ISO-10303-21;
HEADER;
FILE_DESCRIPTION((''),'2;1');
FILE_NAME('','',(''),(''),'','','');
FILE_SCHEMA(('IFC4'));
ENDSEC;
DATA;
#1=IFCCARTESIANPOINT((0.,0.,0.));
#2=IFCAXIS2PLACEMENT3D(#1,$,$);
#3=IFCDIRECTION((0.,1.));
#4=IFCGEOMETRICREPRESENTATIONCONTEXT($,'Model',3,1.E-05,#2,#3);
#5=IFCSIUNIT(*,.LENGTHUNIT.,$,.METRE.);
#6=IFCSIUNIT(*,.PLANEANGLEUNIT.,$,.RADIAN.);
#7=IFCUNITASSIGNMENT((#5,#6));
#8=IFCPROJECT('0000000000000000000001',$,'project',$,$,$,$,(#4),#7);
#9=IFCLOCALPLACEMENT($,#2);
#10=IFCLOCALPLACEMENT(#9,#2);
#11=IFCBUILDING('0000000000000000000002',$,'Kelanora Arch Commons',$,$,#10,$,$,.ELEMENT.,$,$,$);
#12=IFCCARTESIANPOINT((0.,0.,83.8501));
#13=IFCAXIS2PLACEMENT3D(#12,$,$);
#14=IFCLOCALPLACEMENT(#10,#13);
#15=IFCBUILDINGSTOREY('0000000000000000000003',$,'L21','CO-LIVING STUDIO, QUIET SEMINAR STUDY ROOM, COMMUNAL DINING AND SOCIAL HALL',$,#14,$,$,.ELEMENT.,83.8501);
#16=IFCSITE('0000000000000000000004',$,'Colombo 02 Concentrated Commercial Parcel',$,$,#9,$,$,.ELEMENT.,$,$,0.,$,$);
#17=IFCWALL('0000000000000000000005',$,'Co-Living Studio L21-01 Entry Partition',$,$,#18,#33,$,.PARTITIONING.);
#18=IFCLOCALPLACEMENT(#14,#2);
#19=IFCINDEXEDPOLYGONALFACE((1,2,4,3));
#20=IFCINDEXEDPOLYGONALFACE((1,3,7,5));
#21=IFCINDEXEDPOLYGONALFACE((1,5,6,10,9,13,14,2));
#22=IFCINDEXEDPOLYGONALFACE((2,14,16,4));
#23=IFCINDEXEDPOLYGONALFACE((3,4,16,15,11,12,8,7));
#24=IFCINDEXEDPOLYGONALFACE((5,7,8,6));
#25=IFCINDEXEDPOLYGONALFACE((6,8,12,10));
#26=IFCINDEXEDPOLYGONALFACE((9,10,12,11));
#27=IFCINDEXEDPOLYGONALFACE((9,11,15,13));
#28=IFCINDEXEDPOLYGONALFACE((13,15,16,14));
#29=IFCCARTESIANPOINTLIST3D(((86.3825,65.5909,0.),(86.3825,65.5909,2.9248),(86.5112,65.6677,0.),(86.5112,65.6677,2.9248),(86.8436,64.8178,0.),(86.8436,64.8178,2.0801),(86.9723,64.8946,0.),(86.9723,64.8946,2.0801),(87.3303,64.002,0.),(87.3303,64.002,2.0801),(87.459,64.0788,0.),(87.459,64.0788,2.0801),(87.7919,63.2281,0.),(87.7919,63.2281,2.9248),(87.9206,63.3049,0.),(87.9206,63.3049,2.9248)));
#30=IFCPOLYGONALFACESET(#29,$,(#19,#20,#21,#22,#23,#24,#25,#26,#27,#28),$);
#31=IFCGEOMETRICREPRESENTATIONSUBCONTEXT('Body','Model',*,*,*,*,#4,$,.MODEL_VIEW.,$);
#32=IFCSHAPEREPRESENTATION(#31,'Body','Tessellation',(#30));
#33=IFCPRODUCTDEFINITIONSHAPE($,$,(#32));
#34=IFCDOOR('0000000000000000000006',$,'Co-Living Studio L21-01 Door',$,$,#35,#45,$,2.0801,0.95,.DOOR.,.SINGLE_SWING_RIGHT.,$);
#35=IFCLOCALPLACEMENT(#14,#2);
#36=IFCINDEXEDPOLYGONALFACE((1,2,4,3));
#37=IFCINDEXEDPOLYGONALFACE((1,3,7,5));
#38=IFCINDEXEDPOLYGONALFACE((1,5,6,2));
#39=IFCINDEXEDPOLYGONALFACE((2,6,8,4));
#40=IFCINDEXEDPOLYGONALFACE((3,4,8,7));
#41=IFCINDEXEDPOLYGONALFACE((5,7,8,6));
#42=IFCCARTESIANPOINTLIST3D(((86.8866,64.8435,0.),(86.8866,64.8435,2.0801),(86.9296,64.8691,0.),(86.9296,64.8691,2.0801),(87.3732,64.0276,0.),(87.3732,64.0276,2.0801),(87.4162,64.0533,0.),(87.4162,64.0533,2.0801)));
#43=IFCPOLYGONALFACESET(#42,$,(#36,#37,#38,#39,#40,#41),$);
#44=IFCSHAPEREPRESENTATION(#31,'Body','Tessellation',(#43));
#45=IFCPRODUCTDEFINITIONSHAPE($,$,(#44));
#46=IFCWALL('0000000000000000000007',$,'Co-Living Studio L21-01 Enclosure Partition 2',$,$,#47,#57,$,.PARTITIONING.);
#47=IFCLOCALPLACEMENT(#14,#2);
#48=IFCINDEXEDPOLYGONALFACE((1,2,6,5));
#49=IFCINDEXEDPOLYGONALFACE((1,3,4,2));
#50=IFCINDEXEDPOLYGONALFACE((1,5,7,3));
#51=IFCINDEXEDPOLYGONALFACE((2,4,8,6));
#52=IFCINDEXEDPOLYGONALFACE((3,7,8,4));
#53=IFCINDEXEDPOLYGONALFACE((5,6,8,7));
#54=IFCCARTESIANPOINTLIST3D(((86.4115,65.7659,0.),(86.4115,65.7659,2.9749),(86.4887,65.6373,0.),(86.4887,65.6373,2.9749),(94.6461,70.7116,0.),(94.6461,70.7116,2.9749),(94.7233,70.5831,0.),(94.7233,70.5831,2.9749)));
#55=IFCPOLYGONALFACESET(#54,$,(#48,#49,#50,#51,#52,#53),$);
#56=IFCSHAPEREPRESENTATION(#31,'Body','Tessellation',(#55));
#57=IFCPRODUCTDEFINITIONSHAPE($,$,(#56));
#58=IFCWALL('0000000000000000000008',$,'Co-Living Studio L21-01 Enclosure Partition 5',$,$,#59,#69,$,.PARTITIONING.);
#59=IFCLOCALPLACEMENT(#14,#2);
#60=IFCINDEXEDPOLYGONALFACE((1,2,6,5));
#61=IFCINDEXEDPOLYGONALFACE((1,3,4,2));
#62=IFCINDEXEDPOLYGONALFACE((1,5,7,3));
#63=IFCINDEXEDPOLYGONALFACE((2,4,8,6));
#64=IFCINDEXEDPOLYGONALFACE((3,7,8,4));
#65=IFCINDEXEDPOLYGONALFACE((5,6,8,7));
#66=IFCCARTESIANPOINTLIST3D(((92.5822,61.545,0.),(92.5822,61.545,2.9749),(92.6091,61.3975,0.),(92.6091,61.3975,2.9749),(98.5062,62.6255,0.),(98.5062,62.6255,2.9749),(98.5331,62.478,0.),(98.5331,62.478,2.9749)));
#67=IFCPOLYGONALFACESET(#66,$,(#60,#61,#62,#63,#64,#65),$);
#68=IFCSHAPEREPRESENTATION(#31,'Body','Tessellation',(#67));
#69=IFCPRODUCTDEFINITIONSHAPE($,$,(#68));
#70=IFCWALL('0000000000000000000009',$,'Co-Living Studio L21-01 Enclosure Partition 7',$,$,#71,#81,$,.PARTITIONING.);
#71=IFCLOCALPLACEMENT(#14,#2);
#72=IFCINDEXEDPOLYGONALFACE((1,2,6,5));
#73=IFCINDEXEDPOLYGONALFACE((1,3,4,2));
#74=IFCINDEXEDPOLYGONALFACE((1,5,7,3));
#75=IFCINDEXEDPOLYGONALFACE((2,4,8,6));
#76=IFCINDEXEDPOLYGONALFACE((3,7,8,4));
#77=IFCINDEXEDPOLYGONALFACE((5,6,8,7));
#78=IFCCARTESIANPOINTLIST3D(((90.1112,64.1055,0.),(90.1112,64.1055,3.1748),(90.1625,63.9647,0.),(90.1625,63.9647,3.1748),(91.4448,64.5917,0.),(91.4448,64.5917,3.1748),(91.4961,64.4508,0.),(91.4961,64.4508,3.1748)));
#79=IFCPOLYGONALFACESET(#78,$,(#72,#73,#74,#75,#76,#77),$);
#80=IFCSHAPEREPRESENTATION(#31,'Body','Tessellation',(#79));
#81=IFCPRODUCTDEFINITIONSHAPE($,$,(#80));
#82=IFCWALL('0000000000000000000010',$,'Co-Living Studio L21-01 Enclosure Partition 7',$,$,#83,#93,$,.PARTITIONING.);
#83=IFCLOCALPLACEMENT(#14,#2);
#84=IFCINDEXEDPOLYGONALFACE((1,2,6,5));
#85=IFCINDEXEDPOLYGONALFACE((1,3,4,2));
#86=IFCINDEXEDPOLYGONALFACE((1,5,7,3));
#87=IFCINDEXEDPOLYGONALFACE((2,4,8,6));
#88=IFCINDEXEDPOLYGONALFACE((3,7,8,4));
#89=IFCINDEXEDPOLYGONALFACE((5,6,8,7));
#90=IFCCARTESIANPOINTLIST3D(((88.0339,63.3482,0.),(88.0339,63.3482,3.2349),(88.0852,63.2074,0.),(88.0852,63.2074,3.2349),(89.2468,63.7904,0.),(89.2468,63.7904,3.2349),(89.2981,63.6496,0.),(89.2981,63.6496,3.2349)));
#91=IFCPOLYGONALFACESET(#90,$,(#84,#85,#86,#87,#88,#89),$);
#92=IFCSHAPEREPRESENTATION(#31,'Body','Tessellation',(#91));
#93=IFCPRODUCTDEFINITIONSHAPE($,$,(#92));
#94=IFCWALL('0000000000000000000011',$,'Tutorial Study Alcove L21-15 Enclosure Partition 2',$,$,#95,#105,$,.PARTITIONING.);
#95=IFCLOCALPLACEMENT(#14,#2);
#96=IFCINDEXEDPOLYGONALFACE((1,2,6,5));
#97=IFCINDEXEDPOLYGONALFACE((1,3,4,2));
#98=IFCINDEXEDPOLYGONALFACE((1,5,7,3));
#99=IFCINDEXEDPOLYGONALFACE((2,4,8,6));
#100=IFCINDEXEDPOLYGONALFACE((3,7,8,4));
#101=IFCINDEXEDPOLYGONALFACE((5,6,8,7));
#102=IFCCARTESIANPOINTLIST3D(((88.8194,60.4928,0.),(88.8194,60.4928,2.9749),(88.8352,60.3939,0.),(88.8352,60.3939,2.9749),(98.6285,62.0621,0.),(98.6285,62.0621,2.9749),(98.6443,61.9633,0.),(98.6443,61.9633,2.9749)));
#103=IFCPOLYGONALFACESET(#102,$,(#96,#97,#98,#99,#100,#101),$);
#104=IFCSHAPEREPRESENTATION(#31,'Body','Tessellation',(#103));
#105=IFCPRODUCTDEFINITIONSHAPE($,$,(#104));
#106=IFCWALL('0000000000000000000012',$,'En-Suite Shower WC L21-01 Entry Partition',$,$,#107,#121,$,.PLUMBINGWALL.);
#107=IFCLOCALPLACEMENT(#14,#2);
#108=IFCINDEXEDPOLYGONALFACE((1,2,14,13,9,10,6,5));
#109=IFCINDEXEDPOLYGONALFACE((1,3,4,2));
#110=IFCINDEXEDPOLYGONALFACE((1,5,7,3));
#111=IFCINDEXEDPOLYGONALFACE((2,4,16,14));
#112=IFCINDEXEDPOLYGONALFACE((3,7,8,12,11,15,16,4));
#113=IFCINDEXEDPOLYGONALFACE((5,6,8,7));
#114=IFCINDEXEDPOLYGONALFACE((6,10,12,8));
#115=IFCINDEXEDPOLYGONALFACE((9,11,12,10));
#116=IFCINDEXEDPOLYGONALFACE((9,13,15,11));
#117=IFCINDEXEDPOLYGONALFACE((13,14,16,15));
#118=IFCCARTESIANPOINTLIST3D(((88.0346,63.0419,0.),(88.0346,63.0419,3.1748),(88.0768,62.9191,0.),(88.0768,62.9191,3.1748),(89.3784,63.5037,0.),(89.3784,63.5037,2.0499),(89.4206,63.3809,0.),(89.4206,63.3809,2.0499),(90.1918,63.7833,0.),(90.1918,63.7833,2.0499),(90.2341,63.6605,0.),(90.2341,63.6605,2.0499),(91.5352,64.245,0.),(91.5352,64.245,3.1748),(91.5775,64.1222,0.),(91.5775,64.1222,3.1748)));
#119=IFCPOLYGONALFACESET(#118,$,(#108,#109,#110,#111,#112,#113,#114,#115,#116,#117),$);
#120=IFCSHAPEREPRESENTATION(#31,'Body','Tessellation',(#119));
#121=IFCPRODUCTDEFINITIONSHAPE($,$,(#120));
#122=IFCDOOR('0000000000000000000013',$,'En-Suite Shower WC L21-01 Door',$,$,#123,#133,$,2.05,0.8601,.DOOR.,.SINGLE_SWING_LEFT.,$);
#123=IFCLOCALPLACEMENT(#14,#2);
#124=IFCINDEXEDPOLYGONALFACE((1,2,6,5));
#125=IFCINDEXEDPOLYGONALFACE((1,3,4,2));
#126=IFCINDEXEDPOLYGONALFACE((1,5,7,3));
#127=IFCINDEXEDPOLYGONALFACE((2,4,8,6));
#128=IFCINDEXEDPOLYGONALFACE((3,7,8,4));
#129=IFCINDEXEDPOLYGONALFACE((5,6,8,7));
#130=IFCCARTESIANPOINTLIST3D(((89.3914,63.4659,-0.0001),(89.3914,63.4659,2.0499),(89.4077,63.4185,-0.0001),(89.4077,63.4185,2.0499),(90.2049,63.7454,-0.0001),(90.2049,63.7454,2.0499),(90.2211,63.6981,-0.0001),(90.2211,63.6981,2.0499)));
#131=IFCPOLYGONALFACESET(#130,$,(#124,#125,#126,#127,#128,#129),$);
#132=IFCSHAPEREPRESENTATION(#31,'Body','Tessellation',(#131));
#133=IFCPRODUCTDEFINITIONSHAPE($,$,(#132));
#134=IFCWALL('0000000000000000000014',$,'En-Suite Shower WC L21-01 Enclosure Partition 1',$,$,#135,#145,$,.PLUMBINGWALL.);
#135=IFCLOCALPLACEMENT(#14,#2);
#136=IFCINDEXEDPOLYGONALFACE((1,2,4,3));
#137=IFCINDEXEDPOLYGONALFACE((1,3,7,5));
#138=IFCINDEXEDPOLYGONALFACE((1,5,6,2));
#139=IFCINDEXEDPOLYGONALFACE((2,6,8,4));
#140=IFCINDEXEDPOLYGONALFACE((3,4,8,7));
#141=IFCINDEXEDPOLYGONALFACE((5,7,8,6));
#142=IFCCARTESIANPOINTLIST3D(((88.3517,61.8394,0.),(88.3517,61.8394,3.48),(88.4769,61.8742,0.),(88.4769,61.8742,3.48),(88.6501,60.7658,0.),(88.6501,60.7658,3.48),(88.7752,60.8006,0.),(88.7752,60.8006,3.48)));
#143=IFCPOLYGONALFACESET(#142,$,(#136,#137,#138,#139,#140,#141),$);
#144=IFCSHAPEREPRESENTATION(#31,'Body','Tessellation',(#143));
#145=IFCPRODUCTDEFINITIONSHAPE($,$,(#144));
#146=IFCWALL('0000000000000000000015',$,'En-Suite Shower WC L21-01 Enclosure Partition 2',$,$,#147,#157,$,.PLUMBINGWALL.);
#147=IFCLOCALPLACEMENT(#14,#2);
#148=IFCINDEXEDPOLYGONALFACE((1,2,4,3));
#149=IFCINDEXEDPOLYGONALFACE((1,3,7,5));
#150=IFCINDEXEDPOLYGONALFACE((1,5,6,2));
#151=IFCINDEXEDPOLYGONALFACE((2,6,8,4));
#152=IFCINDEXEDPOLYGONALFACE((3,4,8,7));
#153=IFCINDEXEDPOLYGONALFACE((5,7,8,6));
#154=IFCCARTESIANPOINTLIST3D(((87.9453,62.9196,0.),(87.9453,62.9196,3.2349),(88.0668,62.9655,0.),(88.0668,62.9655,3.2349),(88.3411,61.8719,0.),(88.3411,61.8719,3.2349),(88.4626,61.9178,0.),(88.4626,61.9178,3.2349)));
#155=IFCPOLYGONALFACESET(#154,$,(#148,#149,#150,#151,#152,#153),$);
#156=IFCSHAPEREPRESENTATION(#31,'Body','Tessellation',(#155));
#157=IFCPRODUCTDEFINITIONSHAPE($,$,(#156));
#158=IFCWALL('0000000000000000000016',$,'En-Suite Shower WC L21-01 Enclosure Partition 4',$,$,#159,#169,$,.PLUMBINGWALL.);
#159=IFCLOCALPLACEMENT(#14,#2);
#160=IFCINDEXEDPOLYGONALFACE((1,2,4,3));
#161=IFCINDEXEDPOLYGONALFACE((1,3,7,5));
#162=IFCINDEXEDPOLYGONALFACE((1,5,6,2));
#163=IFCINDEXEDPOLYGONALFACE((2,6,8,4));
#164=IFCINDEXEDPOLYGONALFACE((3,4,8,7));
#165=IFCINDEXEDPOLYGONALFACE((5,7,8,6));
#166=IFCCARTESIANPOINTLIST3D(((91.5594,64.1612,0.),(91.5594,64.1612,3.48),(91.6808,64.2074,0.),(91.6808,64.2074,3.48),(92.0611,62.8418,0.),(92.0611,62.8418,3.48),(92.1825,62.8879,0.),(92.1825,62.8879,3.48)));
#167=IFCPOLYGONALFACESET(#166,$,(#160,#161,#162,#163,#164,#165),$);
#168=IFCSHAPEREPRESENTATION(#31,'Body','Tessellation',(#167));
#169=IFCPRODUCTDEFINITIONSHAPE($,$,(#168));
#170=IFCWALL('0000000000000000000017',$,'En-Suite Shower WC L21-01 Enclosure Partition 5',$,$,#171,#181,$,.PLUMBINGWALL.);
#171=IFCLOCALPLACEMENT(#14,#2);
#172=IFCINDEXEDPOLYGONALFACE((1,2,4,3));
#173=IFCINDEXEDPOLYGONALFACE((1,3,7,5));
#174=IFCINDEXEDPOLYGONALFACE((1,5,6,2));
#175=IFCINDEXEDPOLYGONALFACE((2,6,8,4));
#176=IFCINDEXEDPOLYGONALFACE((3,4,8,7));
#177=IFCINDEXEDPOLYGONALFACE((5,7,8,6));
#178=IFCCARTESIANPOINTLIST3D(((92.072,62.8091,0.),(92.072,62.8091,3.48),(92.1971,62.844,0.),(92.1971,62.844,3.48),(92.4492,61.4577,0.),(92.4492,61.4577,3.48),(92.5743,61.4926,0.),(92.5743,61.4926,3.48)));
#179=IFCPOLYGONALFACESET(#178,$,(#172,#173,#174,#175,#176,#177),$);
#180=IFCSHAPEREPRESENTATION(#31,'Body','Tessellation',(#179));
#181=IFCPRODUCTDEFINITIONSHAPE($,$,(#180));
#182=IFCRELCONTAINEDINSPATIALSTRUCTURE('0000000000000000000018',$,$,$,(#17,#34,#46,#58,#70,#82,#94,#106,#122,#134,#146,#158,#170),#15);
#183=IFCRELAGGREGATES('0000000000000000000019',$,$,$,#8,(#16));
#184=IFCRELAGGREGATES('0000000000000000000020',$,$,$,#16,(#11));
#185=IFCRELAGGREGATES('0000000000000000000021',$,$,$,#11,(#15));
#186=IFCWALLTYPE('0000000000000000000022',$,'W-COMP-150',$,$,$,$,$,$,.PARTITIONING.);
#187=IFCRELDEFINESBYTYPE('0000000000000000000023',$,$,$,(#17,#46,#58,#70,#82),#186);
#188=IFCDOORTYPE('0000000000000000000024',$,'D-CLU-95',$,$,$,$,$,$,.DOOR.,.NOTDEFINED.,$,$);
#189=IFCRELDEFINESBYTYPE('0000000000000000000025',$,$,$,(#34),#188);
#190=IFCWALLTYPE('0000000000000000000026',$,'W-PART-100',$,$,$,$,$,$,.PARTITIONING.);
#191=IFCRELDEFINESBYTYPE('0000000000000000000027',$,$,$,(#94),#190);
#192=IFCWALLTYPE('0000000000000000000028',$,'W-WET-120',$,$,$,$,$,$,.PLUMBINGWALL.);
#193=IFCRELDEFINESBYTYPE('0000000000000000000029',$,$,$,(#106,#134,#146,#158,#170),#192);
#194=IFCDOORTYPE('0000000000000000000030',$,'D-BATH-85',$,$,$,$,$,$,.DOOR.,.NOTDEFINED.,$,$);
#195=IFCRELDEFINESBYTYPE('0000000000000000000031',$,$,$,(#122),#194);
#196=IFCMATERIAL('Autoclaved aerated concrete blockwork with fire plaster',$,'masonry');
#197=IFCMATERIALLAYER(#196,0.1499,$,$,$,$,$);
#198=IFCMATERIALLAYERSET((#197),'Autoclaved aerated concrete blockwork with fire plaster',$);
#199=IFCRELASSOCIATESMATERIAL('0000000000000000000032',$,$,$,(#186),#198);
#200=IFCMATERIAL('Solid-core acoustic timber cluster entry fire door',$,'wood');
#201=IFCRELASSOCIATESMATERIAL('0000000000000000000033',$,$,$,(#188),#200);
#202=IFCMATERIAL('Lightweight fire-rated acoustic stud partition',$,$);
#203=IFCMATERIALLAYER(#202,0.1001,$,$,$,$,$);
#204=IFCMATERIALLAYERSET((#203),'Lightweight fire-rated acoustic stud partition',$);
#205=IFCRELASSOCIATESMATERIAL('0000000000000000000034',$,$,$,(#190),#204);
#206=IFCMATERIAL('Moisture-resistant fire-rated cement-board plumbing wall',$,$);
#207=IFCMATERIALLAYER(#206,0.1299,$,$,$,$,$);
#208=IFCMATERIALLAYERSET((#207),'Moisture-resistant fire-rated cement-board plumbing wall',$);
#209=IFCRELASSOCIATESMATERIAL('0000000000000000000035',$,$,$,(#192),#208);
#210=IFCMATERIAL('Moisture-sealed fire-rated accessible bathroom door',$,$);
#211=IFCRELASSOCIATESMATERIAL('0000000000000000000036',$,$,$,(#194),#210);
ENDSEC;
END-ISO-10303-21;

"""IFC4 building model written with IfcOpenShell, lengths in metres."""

from ifc_helpers import new_model, si_unit, direction, frame, frame_2d, origin, place, context, subcontext, project, spatial, rectangle, extrude, material, layer, layer_set, type_object, element, fill, save


model = new_model("IFC4")

# Units and contexts
model_context = context("Model", 3, precision=1e-05, world=origin(), true_north=direction((0.0, 1.0)))
body_context = subcontext(model_context, "Body", "Model", "MODEL_VIEW")
ifc_project = project(units=[si_unit("LENGTHUNIT", "METRE"), si_unit("PLANEANGLEUNIT", "RADIAN")], contexts=[model_context])

# Site, building, storey
site_placement = place(None, origin())
site = spatial("IfcSite", under=ifc_project, at=site_placement, Name="Colombo 02 Concentrated Commercial Parcel", CompositionType="ELEMENT", RefElevation=0.0)
building_placement = place(site_placement, origin())
building = spatial("IfcBuilding", under=site, at=building_placement, Name="Kelanora Arch Commons", CompositionType="ELEMENT")
storey_placement = place(building_placement, frame((0.0, 0.0, 83.8501)))
storey = spatial("IfcBuildingStorey", under=building, at=storey_placement, Name="L21", Description="CO-LIVING STUDIO, QUIET SEMINAR STUDY ROOM, COMMUNAL DINING AND SOCIAL HALL", CompositionType="ELEMENT", Elevation=83.8501)

# Wall, opening, door
ifc_material_1 = material(Name="Autoclaved aerated concrete blockwork with fire plaster", Category="masonry")
ifc_layer_1 = layer(ifc_material_1, 0.1499)
ifc_layer_set_1 = layer_set([ifc_layer_1], Name="Autoclaved aerated concrete blockwork with fire plaster")
wall_type_1 = type_object("IfcWallType", Name="W-COMP-150", PredefinedType="PARTITIONING", material=ifc_layer_set_1)
wall_1_placement = place(storey_placement, frame((87.8562, 63.2666, 0.0), z_axis=(0.0, 0.0, 1.0), x_axis=(-0.512289, 0.858813, 0.0)))
wall_1 = element("IfcWall", 1, at=wall_1_placement, inside=storey, type_object=wall_type_1, Name="Co-Living Studio L21-01 Entry Partition", PredefinedType="PARTITIONING", context=body_context, shape_type="SweptSolid", body=[
    extrude(rectangle(XDim=2.7512, YDim=0.1499, at=frame_2d((1.3755, 0.0))), origin(), (0.0, 0.0, 1.0), 2.9248),
])
opening_1_placement = place(wall_1_placement, frame((0.9009, 0.0, 0.0)))
opening_1 = element("IfcOpeningElement", 2, at=opening_1_placement, cuts=wall_1, PredefinedType="OPENING", context=body_context, shape_type="SweptSolid", body=[
    extrude(rectangle(XDim=0.95, YDim=2.0801, at=frame_2d((0.4751, 1.04))), frame((0.0, 0.085, 0.0), z_axis=(0.0, -1.0, 0.0), x_axis=(1.0, 0.0, 0.0)), (0.0, 0.0, 1.0), 0.1699),
])
ifc_material_2 = material(Name="Solid-core acoustic timber cluster entry fire door", Category="wood")
door_type_1 = type_object("IfcDoorType", Name="D-CLU-95", OperationType="NOTDEFINED", PredefinedType="DOOR", material=ifc_material_2)
door_1_placement = place(opening_1_placement, origin())
door_1 = element("IfcDoor", 3, at=door_1_placement, inside=storey, type_object=door_type_1, Name="Co-Living Studio L21-01 Door", OperationType="SINGLE_SWING_RIGHT", OverallHeight=2.0801, OverallWidth=0.95, PredefinedType="DOOR", context=body_context, shape_type="SweptSolid", body=[
    extrude(rectangle(XDim=0.95, YDim=2.0801, at=frame_2d((0.4751, 1.04))), frame((0.0, 0.0249, 0.0), z_axis=(0.0, -1.0, 0.0), x_axis=(1.0, 0.0, 0.0)), (0.0, 0.0, 1.0), 0.05),
])
fill(opening_1, door_1)

# Walls
wall_2_placement = place(storey_placement, frame((86.4502, 65.7017, 0.0), z_axis=(0.0, 0.0, 1.0), x_axis=(0.857262, 0.514881, 0.0)))
element("IfcWall", 4, at=wall_2_placement, inside=storey, type_object=wall_type_1, Name="Co-Living Studio L21-01 Enclosure Partition 2", PredefinedType="PARTITIONING", context=body_context, shape_type="SweptSolid", body=[
    extrude(rectangle(XDim=9.6057, YDim=0.1499, at=frame_2d((4.8027, 0.0))), origin(), (0.0, 0.0, 1.0), 2.9749),
])
wall_3_placement = place(storey_placement, frame((98.5195, 62.5518, 0.0), z_axis=(0.0, 0.0, 1.0), x_axis=(-0.983769, -0.179442, 0.0)))
element("IfcWall", 5, at=wall_3_placement, inside=storey, type_object=wall_type_1, Name="Co-Living Studio L21-01 Enclosure Partition 5", PredefinedType="PARTITIONING", context=body_context, shape_type="SweptSolid", body=[
    extrude(rectangle(XDim=6.0217, YDim=0.1499, at=frame_2d((3.0107, 0.0))), origin(), (0.0, 0.0, 1.0), 2.9749),
])
wall_4_placement = place(storey_placement, frame((91.4705, 64.5212, 0.0), z_axis=(0.0, 0.0, 1.0), x_axis=(-0.939527, -0.342475, 0.0)))
element("IfcWall", 6, at=wall_4_placement, inside=storey, type_object=wall_type_1, Name="Co-Living Studio L21-01 Enclosure Partition 7", PredefinedType="PARTITIONING", context=body_context, shape_type="SweptSolid", body=[
    extrude(rectangle(XDim=1.4194, YDim=0.1499, at=frame_2d((0.7097, 0.0))), origin(), (0.0, 0.0, 1.0), 3.1748),
])
wall_5_placement = place(storey_placement, frame((89.2725, 63.72, 0.0), z_axis=(0.0, 0.0, 1.0), x_axis=(-0.939523, -0.342487, 0.0)))
element("IfcWall", 7, at=wall_5_placement, inside=storey, type_object=wall_type_1, Name="Co-Living Studio L21-01 Enclosure Partition 7", PredefinedType="PARTITIONING", context=body_context, shape_type="SweptSolid", body=[
    extrude(rectangle(XDim=1.291, YDim=0.1499, at=frame_2d((0.6455, 0.0))), origin(), (0.0, 0.0, 1.0), 3.2349),
])
ifc_material_3 = material(Name="Lightweight fire-rated acoustic stud partition")
ifc_layer_2 = layer(ifc_material_3, 0.1001)
ifc_layer_set_2 = layer_set([ifc_layer_2], Name="Lightweight fire-rated acoustic stud partition")
wall_type_2 = type_object("IfcWallType", Name="W-PART-100", PredefinedType="PARTITIONING", material=ifc_layer_set_2)
wall_6_placement = place(storey_placement, frame((88.8274, 60.4434, 0.0), z_axis=(0.0, 0.0, 1.0), x_axis=(0.987442, 0.157979, 0.0)))
element("IfcWall", 8, at=wall_6_placement, inside=storey, type_object=wall_type_2, Name="Tutorial Study Alcove L21-15 Enclosure Partition 2", PredefinedType="PARTITIONING", context=body_context, shape_type="SweptSolid", body=[
    extrude(rectangle(XDim=9.9338, YDim=0.1001, at=frame_2d((4.9668, 0.0))), origin(), (0.0, 0.0, 1.0), 2.9749),
])

# Wall, opening, door
ifc_material_4 = material(Name="Moisture-resistant fire-rated cement-board plumbing wall")
ifc_layer_3 = layer(ifc_material_4, 0.1299)
ifc_layer_set_3 = layer_set([ifc_layer_3], Name="Moisture-resistant fire-rated cement-board plumbing wall")
wall_type_3 = type_object("IfcWallType", Name="W-WET-120", PredefinedType="PLUMBINGWALL", material=ifc_layer_set_3)
wall_7_placement = place(storey_placement, frame((88.0557, 62.9805, 0.0), z_axis=(0.0, 0.0, 1.0), x_axis=(0.945708, 0.325019, 0.0)))
wall_7 = element("IfcWall", 9, at=wall_7_placement, inside=storey, type_object=wall_type_3, Name="En-Suite Shower WC L21-01 Entry Partition", PredefinedType="PLUMBINGWALL", context=body_context, shape_type="SweptSolid", body=[
    extrude(rectangle(XDim=3.7017, YDim=0.1299, at=frame_2d((1.8508, 0.0))), origin(), (0.0, 0.0, 1.0), 3.1748),
])
opening_2_placement = place(wall_7_placement, frame((1.4209, 0.0, 0.0)))
opening_2 = element("IfcOpeningElement", 10, at=opening_2_placement, cuts=wall_7, PredefinedType="OPENING", context=body_context, shape_type="SweptSolid", body=[
    extrude(rectangle(XDim=0.8601, YDim=2.05, at=frame_2d((0.4302, 1.0249))), frame((0.0, 0.075, 0.0), z_axis=(0.0, -1.0, 0.0), x_axis=(1.0, 0.0, 0.0)), (0.0, 0.0, 1.0), 0.1499),
])
ifc_material_5 = material(Name="Moisture-sealed fire-rated accessible bathroom door")
door_type_2 = type_object("IfcDoorType", Name="D-BATH-85", OperationType="NOTDEFINED", PredefinedType="DOOR", material=ifc_material_5)
door_2_placement = place(opening_2_placement, origin())
door_2 = element("IfcDoor", 11, at=door_2_placement, inside=storey, type_object=door_type_2, Name="En-Suite Shower WC L21-01 Door", OperationType="SINGLE_SWING_LEFT", OverallHeight=2.05, OverallWidth=0.8601, PredefinedType="DOOR", context=body_context, shape_type="SweptSolid", body=[
    extrude(rectangle(XDim=0.8601, YDim=2.05, at=frame_2d((0.4302, 1.0249))), frame((0.0, 0.0249, 0.0), z_axis=(0.0, -1.0, 0.0), x_axis=(1.0, 0.0, 0.0)), (0.0, 0.0, 1.0), 0.05),
])
fill(opening_2, door_2)

# Walls
wall_8_placement = place(storey_placement, frame((88.7126, 60.7832, 0.0), z_axis=(0.0, 0.0, 1.0), x_axis=(-0.267768, 0.963483, 0.0)))
element("IfcWall", 12, at=wall_8_placement, inside=storey, type_object=wall_type_3, Name="En-Suite Shower WC L21-01 Enclosure Partition 1", PredefinedType="PLUMBINGWALL", context=body_context, shape_type="SweptSolid", body=[
    extrude(rectangle(XDim=1.1143, YDim=0.1299, at=frame_2d((0.5571, 0.0))), origin(), (0.0, 0.0, 1.0), 3.48),
])
wall_9_placement = place(storey_placement, frame((88.4019, 61.8948, 0.0), z_axis=(0.0, 0.0, 1.0), x_axis=(-0.353392, 0.935475, 0.0)))
element("IfcWall", 13, at=wall_9_placement, inside=storey, type_object=wall_type_3, Name="En-Suite Shower WC L21-01 Enclosure Partition 2", PredefinedType="PLUMBINGWALL", context=body_context, shape_type="SweptSolid", body=[
    extrude(rectangle(XDim=1.1199, YDim=0.1299, at=frame_2d((0.5601, 0.0))), origin(), (0.0, 0.0, 1.0), 3.2349),
])
wall_10_placement = place(storey_placement, frame((91.6201, 64.1843, 0.0), z_axis=(0.0, 0.0, 1.0), x_axis=(0.355384, -0.93472, 0.0)))
element("IfcWall", 14, at=wall_10_placement, inside=storey, type_object=wall_type_3, Name="En-Suite Shower WC L21-01 Enclosure Partition 4", PredefinedType="PLUMBINGWALL", context=body_context, shape_type="SweptSolid", body=[
    extrude(rectangle(XDim=1.4116, YDim=0.1299, at=frame_2d((0.7058, 0.0))), origin(), (0.0, 0.0, 1.0), 3.48),
])
wall_11_placement = place(storey_placement, frame((92.1345, 62.8267, 0.0), z_axis=(0.0, 0.0, 1.0), x_axis=(0.268855, -0.963181, 0.0)))
element("IfcWall", 15, at=wall_11_placement, inside=storey, type_object=wall_type_3, Name="En-Suite Shower WC L21-01 Enclosure Partition 5", PredefinedType="PLUMBINGWALL", context=body_context, shape_type="SweptSolid", body=[
    extrude(rectangle(XDim=1.4031, YDim=0.1299, at=frame_2d((0.7017, 0.0))), origin(), (0.0, 0.0, 1.0), 3.48),
])

save(model, "model.ifc")
